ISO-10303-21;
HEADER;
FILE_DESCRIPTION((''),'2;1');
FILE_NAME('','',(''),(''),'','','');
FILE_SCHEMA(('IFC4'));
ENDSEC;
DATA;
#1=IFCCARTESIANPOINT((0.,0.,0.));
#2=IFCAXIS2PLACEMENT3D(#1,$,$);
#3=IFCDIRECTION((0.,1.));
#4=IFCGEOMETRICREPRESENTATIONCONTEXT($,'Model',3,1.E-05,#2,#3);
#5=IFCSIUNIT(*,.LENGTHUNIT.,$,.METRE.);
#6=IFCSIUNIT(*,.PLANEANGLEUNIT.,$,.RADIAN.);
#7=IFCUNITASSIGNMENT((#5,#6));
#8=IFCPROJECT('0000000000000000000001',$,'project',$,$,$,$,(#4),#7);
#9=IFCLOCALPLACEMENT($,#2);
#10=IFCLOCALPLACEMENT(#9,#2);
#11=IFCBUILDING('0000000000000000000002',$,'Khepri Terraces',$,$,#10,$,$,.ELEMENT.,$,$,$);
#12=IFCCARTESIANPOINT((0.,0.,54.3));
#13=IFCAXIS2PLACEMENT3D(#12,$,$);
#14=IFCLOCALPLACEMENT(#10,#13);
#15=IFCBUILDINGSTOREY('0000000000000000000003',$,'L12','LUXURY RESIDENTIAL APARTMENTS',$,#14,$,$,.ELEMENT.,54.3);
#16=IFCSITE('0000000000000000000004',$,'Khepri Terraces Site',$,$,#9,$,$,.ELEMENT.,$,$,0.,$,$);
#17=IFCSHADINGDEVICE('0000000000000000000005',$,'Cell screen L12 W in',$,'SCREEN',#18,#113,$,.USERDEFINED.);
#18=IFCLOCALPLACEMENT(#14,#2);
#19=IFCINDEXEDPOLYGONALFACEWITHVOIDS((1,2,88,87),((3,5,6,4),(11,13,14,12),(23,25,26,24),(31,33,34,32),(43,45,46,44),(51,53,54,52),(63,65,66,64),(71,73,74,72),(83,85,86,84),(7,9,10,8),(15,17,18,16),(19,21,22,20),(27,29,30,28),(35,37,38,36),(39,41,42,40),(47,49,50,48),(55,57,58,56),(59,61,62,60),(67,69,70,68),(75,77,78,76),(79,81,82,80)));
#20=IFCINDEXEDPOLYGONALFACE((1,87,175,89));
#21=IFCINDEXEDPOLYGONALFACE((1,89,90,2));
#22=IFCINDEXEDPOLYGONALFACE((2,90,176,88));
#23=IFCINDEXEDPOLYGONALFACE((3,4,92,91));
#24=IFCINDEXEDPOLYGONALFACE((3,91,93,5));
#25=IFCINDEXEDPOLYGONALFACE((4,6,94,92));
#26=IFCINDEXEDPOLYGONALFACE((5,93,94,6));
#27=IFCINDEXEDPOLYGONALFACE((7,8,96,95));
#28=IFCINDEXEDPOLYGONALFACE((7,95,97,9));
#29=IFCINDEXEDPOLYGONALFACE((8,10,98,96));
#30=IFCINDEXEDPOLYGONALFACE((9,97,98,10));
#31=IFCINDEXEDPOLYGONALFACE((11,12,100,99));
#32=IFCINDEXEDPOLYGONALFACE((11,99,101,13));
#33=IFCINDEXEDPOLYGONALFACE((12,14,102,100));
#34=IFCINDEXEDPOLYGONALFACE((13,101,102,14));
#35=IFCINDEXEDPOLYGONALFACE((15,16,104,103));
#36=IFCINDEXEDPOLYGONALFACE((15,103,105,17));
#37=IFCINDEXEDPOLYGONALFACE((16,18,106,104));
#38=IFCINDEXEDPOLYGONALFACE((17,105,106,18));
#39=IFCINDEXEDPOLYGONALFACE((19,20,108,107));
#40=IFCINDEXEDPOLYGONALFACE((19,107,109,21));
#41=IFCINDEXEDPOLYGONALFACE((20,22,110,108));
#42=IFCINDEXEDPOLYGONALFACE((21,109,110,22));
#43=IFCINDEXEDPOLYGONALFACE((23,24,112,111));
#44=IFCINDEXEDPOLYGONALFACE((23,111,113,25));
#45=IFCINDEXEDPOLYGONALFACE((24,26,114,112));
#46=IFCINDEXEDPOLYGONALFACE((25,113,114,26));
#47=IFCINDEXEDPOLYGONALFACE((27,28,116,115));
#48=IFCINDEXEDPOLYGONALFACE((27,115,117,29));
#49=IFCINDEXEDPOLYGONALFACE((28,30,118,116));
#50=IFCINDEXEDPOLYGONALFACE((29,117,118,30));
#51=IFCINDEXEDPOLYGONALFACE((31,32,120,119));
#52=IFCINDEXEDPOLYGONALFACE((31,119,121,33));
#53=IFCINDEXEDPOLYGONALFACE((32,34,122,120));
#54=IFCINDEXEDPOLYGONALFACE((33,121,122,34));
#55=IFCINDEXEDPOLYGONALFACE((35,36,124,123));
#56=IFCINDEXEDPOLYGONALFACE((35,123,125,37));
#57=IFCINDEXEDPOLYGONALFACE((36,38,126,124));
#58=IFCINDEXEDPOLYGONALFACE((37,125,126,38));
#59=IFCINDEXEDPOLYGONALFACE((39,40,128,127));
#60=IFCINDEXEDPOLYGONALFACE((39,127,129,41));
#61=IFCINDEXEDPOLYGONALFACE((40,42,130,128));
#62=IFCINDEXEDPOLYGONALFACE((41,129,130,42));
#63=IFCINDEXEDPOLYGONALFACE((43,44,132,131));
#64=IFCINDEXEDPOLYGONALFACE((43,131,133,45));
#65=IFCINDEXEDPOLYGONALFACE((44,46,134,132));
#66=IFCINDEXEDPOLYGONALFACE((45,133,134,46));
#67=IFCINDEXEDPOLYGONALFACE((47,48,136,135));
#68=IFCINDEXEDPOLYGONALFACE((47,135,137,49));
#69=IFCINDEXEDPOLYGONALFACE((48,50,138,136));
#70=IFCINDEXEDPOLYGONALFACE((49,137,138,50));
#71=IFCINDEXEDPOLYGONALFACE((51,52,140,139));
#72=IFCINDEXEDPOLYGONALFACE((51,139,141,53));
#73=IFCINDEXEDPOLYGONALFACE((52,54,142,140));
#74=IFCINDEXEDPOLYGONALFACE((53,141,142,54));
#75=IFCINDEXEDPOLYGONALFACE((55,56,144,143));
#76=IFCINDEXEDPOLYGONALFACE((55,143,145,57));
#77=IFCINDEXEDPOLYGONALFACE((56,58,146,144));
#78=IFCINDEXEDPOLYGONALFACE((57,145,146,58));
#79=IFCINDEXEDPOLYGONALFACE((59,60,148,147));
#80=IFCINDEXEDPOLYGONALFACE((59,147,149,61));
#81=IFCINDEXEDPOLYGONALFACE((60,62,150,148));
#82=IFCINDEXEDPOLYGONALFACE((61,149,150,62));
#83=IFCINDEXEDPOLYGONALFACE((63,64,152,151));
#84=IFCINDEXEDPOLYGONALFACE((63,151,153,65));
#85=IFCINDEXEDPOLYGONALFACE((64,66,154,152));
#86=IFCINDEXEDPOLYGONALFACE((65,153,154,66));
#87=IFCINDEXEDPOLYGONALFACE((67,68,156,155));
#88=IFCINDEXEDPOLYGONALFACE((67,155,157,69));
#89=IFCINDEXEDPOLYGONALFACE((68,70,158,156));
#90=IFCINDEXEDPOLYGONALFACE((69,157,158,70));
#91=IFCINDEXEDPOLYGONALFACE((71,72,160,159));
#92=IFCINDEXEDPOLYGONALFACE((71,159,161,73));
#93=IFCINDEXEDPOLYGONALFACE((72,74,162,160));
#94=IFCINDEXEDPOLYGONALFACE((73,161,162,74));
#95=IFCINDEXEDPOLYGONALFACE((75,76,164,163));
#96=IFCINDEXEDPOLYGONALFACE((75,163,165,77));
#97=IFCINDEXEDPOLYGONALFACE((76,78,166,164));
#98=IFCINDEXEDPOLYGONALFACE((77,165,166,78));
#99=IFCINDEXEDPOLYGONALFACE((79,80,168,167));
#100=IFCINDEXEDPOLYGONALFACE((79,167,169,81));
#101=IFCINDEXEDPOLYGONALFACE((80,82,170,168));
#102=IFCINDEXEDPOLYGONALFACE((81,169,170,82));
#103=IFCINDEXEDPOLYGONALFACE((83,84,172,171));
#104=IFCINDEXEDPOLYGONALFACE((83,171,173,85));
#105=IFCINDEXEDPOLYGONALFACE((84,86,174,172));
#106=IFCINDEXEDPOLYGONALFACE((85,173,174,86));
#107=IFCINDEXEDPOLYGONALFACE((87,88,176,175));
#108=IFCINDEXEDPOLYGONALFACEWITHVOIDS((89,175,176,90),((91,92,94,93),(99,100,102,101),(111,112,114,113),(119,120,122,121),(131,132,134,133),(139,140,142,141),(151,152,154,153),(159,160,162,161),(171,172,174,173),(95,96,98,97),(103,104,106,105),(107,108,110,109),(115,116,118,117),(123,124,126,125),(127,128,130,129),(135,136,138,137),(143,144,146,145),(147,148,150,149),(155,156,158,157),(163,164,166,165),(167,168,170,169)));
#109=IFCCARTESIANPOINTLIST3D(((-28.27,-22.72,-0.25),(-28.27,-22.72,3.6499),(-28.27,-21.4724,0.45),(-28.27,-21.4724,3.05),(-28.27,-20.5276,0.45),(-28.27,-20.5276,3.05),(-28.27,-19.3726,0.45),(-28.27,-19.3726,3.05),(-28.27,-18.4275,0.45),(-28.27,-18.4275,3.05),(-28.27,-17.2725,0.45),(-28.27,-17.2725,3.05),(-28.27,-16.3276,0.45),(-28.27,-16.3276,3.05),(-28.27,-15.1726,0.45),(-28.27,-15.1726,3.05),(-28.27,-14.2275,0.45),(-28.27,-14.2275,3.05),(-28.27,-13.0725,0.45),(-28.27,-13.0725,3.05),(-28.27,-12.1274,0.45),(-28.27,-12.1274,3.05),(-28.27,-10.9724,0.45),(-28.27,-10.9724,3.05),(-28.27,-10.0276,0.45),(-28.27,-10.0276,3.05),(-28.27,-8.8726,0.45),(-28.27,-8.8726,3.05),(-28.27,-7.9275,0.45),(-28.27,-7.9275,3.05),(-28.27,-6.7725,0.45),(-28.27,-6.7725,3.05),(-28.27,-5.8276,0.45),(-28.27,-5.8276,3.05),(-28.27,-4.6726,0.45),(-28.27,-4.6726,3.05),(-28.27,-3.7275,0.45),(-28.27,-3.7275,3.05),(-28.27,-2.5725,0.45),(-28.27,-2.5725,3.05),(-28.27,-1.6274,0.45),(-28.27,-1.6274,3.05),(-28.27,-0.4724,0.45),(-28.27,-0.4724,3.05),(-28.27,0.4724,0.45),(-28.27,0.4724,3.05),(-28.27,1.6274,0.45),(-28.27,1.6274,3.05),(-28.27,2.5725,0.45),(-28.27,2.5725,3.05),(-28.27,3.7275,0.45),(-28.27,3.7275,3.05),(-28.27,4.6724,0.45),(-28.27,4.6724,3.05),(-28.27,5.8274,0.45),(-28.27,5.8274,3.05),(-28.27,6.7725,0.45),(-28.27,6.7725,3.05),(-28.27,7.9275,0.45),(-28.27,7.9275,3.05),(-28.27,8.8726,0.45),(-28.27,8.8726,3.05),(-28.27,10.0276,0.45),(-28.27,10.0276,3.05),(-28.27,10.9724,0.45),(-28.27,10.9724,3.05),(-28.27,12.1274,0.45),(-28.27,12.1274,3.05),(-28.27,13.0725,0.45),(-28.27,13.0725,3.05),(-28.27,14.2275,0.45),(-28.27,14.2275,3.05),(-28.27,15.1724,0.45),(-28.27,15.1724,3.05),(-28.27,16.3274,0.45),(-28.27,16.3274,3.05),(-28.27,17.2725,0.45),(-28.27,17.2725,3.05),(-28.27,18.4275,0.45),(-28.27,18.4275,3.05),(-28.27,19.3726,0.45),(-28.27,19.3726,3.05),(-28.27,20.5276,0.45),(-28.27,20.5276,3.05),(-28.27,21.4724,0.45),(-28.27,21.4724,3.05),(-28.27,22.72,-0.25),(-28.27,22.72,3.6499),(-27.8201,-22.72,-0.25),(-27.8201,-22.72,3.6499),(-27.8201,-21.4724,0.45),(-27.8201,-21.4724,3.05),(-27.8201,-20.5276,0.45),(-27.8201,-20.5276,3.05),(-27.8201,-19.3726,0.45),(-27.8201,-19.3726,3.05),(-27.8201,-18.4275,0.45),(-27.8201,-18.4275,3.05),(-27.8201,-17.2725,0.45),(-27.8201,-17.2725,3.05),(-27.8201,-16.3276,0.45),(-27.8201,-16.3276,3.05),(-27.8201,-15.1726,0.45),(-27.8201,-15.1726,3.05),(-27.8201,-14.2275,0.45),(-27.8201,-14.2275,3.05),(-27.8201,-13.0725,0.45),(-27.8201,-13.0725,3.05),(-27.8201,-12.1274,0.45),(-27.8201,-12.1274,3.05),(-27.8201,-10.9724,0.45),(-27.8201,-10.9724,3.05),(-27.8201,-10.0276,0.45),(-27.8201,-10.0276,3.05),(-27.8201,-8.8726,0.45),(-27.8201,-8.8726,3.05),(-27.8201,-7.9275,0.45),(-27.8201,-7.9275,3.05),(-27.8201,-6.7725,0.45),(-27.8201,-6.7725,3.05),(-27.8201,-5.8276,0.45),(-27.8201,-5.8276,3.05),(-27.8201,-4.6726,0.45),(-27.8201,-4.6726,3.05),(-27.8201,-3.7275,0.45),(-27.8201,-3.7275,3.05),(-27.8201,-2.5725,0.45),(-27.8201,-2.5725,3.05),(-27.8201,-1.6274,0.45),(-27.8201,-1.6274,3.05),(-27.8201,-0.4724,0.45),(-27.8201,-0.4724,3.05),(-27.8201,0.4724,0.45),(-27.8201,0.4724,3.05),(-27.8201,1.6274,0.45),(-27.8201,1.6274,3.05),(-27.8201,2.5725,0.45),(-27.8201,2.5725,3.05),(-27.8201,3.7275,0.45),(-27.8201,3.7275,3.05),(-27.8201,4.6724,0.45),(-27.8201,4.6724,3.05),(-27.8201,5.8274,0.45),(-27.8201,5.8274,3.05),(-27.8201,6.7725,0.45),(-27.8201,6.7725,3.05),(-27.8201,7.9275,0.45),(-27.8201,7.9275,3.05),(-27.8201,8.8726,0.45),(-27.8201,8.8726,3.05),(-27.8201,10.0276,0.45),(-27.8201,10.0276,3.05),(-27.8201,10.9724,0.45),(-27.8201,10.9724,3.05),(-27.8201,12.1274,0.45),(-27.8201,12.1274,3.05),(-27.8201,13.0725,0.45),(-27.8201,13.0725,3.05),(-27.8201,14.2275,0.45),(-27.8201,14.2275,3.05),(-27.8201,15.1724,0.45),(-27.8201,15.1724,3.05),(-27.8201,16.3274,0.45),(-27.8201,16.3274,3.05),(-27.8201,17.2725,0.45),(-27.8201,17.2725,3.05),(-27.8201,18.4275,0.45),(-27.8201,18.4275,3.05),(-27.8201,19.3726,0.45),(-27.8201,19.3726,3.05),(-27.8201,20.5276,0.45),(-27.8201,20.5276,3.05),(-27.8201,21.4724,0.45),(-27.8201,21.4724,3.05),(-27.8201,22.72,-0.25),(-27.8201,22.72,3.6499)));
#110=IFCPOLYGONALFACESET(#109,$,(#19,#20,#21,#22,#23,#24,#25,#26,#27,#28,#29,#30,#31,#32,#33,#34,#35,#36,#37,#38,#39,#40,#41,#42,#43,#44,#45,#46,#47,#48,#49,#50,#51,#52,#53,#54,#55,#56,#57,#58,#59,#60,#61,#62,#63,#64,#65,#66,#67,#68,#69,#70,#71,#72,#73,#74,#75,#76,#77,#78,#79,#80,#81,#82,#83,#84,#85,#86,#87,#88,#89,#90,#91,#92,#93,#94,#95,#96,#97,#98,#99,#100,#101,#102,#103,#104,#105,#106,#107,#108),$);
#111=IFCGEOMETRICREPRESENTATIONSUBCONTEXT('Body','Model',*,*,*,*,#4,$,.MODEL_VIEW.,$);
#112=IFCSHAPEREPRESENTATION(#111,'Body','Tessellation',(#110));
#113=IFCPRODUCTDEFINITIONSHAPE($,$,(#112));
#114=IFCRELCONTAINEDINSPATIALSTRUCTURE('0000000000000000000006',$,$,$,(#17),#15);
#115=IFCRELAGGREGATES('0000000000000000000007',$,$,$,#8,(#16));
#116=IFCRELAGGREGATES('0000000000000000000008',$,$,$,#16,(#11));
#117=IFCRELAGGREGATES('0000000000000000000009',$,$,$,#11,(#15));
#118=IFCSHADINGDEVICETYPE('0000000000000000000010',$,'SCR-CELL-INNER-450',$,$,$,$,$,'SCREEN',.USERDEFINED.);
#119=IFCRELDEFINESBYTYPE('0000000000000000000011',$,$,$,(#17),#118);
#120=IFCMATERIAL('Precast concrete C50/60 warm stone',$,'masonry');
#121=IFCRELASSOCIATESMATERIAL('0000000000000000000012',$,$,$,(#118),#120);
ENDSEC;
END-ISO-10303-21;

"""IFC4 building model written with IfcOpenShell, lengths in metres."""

from ifc_helpers import new_model, si_unit, direction, frame, origin, place, context, subcontext, project, spatial, polyline, outline, extrude, material, type_object, element, save


model = new_model("IFC4")

# Units and contexts
model_context = context("Model", 3, precision=1e-05, world=origin(), true_north=direction((0.0, 1.0)))
body_context = subcontext(model_context, "Body", "Model", "MODEL_VIEW")
ifc_project = project(units=[si_unit("LENGTHUNIT", "METRE"), si_unit("PLANEANGLEUNIT", "RADIAN")], contexts=[model_context])

# Site, building, storey
site_placement = place(None, origin())
site = spatial("IfcSite", under=ifc_project, at=site_placement, Name="Khepri Terraces Site", CompositionType="ELEMENT", RefElevation=0.0)
building_placement = place(site_placement, origin())
building = spatial("IfcBuilding", under=site, at=building_placement, Name="Khepri Terraces", CompositionType="ELEMENT")
storey_placement = place(building_placement, frame((0.0, 0.0, 54.3)))
storey = spatial("IfcBuildingStorey", under=building, at=storey_placement, Name="L12", Description="LUXURY RESIDENTIAL APARTMENTS", CompositionType="ELEMENT", Elevation=54.3)

# Shared definitions
ifc_material_1 = material(Name="Precast concrete C50/60 warm stone", Category="masonry")

# Shading device
shading_device_type_1 = type_object("IfcShadingDeviceType", Name="SCR-CELL-INNER-450", ElementType="SCREEN", PredefinedType="USERDEFINED", material=ifc_material_1)
shading_device_1_placement = place(storey_placement, frame((-27.8201, 22.72, -0.25), z_axis=(-1.0, 0.0, 0.0), x_axis=(0.0, -1.0, 0.0)))
element("IfcShadingDevice", 1, at=shading_device_1_placement, inside=storey, type_object=shading_device_type_1, Name="Cell screen L12 W in", ObjectType="SCREEN", PredefinedType="USERDEFINED", context=body_context, shape_type="SweptSolid", body=[
    extrude(outline(polyline([(0.0, 0.0), (45.4399, 0.0), (45.4399, 3.8999), (0.0, 3.8999), (0.0, 0.0)]), holes=[polyline([(1.2476, 0.7), (2.1924, 0.7), (2.1924, 3.3), (1.2476, 3.3), (1.2476, 0.7)]), polyline([(3.3474, 0.7), (4.2925, 0.7), (4.2925, 3.3), (3.3474, 3.3), (3.3474, 0.7)]), polyline([(5.4475, 0.7), (6.3926, 0.7), (6.3926, 3.3), (5.4475, 3.3), (5.4475, 0.7)]), polyline([(7.5476, 0.7), (8.4924, 0.7), (8.4924, 3.3), (7.5476, 3.3), (7.5476, 0.7)]), polyline([(9.6475, 0.7), (10.5925, 0.7), (10.5925, 3.3), (9.6475, 3.3), (9.6475, 0.7)]), polyline([(11.7476, 0.7), (12.6924, 0.7), (12.6924, 3.3), (11.7476, 3.3), (11.7476, 0.7)]), polyline([(13.8474, 0.7), (14.7925, 0.7), (14.7925, 3.3), (13.8474, 3.3), (13.8474, 0.7)]), polyline([(15.9475, 0.7), (16.8926, 0.7), (16.8926, 3.3), (15.9475, 3.3), (15.9475, 0.7)]), polyline([(18.0476, 0.7), (18.9924, 0.7), (18.9924, 3.3), (18.0476, 3.3), (18.0476, 0.7)]), polyline([(20.1475, 0.7), (21.0925, 0.7), (21.0925, 3.3), (20.1475, 3.3), (20.1475, 0.7)]), polyline([(22.2476, 0.7), (23.1924, 0.7), (23.1924, 3.3), (22.2476, 3.3), (22.2476, 0.7)]), polyline([(24.3474, 0.7), (25.2925, 0.7), (25.2925, 3.3), (24.3474, 3.3), (24.3474, 0.7)]), polyline([(26.4475, 0.7), (27.3926, 0.7), (27.3926, 3.3), (26.4475, 3.3), (26.4475, 0.7)]), polyline([(28.5476, 0.7), (29.4924, 0.7), (29.4924, 3.3), (28.5476, 3.3), (28.5476, 0.7)]), polyline([(30.6475, 0.7), (31.5925, 0.7), (31.5925, 3.3), (30.6475, 3.3), (30.6475, 0.7)]), polyline([(32.7476, 0.7), (33.6924, 0.7), (33.6924, 3.3), (32.7476, 3.3), (32.7476, 0.7)]), polyline([(34.8474, 0.7), (35.7925, 0.7), (35.7925, 3.3), (34.8474, 3.3), (34.8474, 0.7)]), polyline([(36.9475, 0.7), (37.8926, 0.7), (37.8926, 3.3), (36.9475, 3.3), (36.9475, 0.7)]), polyline([(39.0476, 0.7), (39.9924, 0.7), (39.9924, 3.3), (39.0476, 3.3), (39.0476, 0.7)]), polyline([(41.1475, 0.7), (42.0925, 0.7), (42.0925, 3.3), (41.1475, 3.3), (41.1475, 0.7)]), polyline([(43.2476, 0.7), (44.1924, 0.7), (44.1924, 3.3), (43.2476, 3.3), (43.2476, 0.7)])]), origin(), (0.0, 0.0, 1.0), 0.45),
])

save(model, "model.ifc")
